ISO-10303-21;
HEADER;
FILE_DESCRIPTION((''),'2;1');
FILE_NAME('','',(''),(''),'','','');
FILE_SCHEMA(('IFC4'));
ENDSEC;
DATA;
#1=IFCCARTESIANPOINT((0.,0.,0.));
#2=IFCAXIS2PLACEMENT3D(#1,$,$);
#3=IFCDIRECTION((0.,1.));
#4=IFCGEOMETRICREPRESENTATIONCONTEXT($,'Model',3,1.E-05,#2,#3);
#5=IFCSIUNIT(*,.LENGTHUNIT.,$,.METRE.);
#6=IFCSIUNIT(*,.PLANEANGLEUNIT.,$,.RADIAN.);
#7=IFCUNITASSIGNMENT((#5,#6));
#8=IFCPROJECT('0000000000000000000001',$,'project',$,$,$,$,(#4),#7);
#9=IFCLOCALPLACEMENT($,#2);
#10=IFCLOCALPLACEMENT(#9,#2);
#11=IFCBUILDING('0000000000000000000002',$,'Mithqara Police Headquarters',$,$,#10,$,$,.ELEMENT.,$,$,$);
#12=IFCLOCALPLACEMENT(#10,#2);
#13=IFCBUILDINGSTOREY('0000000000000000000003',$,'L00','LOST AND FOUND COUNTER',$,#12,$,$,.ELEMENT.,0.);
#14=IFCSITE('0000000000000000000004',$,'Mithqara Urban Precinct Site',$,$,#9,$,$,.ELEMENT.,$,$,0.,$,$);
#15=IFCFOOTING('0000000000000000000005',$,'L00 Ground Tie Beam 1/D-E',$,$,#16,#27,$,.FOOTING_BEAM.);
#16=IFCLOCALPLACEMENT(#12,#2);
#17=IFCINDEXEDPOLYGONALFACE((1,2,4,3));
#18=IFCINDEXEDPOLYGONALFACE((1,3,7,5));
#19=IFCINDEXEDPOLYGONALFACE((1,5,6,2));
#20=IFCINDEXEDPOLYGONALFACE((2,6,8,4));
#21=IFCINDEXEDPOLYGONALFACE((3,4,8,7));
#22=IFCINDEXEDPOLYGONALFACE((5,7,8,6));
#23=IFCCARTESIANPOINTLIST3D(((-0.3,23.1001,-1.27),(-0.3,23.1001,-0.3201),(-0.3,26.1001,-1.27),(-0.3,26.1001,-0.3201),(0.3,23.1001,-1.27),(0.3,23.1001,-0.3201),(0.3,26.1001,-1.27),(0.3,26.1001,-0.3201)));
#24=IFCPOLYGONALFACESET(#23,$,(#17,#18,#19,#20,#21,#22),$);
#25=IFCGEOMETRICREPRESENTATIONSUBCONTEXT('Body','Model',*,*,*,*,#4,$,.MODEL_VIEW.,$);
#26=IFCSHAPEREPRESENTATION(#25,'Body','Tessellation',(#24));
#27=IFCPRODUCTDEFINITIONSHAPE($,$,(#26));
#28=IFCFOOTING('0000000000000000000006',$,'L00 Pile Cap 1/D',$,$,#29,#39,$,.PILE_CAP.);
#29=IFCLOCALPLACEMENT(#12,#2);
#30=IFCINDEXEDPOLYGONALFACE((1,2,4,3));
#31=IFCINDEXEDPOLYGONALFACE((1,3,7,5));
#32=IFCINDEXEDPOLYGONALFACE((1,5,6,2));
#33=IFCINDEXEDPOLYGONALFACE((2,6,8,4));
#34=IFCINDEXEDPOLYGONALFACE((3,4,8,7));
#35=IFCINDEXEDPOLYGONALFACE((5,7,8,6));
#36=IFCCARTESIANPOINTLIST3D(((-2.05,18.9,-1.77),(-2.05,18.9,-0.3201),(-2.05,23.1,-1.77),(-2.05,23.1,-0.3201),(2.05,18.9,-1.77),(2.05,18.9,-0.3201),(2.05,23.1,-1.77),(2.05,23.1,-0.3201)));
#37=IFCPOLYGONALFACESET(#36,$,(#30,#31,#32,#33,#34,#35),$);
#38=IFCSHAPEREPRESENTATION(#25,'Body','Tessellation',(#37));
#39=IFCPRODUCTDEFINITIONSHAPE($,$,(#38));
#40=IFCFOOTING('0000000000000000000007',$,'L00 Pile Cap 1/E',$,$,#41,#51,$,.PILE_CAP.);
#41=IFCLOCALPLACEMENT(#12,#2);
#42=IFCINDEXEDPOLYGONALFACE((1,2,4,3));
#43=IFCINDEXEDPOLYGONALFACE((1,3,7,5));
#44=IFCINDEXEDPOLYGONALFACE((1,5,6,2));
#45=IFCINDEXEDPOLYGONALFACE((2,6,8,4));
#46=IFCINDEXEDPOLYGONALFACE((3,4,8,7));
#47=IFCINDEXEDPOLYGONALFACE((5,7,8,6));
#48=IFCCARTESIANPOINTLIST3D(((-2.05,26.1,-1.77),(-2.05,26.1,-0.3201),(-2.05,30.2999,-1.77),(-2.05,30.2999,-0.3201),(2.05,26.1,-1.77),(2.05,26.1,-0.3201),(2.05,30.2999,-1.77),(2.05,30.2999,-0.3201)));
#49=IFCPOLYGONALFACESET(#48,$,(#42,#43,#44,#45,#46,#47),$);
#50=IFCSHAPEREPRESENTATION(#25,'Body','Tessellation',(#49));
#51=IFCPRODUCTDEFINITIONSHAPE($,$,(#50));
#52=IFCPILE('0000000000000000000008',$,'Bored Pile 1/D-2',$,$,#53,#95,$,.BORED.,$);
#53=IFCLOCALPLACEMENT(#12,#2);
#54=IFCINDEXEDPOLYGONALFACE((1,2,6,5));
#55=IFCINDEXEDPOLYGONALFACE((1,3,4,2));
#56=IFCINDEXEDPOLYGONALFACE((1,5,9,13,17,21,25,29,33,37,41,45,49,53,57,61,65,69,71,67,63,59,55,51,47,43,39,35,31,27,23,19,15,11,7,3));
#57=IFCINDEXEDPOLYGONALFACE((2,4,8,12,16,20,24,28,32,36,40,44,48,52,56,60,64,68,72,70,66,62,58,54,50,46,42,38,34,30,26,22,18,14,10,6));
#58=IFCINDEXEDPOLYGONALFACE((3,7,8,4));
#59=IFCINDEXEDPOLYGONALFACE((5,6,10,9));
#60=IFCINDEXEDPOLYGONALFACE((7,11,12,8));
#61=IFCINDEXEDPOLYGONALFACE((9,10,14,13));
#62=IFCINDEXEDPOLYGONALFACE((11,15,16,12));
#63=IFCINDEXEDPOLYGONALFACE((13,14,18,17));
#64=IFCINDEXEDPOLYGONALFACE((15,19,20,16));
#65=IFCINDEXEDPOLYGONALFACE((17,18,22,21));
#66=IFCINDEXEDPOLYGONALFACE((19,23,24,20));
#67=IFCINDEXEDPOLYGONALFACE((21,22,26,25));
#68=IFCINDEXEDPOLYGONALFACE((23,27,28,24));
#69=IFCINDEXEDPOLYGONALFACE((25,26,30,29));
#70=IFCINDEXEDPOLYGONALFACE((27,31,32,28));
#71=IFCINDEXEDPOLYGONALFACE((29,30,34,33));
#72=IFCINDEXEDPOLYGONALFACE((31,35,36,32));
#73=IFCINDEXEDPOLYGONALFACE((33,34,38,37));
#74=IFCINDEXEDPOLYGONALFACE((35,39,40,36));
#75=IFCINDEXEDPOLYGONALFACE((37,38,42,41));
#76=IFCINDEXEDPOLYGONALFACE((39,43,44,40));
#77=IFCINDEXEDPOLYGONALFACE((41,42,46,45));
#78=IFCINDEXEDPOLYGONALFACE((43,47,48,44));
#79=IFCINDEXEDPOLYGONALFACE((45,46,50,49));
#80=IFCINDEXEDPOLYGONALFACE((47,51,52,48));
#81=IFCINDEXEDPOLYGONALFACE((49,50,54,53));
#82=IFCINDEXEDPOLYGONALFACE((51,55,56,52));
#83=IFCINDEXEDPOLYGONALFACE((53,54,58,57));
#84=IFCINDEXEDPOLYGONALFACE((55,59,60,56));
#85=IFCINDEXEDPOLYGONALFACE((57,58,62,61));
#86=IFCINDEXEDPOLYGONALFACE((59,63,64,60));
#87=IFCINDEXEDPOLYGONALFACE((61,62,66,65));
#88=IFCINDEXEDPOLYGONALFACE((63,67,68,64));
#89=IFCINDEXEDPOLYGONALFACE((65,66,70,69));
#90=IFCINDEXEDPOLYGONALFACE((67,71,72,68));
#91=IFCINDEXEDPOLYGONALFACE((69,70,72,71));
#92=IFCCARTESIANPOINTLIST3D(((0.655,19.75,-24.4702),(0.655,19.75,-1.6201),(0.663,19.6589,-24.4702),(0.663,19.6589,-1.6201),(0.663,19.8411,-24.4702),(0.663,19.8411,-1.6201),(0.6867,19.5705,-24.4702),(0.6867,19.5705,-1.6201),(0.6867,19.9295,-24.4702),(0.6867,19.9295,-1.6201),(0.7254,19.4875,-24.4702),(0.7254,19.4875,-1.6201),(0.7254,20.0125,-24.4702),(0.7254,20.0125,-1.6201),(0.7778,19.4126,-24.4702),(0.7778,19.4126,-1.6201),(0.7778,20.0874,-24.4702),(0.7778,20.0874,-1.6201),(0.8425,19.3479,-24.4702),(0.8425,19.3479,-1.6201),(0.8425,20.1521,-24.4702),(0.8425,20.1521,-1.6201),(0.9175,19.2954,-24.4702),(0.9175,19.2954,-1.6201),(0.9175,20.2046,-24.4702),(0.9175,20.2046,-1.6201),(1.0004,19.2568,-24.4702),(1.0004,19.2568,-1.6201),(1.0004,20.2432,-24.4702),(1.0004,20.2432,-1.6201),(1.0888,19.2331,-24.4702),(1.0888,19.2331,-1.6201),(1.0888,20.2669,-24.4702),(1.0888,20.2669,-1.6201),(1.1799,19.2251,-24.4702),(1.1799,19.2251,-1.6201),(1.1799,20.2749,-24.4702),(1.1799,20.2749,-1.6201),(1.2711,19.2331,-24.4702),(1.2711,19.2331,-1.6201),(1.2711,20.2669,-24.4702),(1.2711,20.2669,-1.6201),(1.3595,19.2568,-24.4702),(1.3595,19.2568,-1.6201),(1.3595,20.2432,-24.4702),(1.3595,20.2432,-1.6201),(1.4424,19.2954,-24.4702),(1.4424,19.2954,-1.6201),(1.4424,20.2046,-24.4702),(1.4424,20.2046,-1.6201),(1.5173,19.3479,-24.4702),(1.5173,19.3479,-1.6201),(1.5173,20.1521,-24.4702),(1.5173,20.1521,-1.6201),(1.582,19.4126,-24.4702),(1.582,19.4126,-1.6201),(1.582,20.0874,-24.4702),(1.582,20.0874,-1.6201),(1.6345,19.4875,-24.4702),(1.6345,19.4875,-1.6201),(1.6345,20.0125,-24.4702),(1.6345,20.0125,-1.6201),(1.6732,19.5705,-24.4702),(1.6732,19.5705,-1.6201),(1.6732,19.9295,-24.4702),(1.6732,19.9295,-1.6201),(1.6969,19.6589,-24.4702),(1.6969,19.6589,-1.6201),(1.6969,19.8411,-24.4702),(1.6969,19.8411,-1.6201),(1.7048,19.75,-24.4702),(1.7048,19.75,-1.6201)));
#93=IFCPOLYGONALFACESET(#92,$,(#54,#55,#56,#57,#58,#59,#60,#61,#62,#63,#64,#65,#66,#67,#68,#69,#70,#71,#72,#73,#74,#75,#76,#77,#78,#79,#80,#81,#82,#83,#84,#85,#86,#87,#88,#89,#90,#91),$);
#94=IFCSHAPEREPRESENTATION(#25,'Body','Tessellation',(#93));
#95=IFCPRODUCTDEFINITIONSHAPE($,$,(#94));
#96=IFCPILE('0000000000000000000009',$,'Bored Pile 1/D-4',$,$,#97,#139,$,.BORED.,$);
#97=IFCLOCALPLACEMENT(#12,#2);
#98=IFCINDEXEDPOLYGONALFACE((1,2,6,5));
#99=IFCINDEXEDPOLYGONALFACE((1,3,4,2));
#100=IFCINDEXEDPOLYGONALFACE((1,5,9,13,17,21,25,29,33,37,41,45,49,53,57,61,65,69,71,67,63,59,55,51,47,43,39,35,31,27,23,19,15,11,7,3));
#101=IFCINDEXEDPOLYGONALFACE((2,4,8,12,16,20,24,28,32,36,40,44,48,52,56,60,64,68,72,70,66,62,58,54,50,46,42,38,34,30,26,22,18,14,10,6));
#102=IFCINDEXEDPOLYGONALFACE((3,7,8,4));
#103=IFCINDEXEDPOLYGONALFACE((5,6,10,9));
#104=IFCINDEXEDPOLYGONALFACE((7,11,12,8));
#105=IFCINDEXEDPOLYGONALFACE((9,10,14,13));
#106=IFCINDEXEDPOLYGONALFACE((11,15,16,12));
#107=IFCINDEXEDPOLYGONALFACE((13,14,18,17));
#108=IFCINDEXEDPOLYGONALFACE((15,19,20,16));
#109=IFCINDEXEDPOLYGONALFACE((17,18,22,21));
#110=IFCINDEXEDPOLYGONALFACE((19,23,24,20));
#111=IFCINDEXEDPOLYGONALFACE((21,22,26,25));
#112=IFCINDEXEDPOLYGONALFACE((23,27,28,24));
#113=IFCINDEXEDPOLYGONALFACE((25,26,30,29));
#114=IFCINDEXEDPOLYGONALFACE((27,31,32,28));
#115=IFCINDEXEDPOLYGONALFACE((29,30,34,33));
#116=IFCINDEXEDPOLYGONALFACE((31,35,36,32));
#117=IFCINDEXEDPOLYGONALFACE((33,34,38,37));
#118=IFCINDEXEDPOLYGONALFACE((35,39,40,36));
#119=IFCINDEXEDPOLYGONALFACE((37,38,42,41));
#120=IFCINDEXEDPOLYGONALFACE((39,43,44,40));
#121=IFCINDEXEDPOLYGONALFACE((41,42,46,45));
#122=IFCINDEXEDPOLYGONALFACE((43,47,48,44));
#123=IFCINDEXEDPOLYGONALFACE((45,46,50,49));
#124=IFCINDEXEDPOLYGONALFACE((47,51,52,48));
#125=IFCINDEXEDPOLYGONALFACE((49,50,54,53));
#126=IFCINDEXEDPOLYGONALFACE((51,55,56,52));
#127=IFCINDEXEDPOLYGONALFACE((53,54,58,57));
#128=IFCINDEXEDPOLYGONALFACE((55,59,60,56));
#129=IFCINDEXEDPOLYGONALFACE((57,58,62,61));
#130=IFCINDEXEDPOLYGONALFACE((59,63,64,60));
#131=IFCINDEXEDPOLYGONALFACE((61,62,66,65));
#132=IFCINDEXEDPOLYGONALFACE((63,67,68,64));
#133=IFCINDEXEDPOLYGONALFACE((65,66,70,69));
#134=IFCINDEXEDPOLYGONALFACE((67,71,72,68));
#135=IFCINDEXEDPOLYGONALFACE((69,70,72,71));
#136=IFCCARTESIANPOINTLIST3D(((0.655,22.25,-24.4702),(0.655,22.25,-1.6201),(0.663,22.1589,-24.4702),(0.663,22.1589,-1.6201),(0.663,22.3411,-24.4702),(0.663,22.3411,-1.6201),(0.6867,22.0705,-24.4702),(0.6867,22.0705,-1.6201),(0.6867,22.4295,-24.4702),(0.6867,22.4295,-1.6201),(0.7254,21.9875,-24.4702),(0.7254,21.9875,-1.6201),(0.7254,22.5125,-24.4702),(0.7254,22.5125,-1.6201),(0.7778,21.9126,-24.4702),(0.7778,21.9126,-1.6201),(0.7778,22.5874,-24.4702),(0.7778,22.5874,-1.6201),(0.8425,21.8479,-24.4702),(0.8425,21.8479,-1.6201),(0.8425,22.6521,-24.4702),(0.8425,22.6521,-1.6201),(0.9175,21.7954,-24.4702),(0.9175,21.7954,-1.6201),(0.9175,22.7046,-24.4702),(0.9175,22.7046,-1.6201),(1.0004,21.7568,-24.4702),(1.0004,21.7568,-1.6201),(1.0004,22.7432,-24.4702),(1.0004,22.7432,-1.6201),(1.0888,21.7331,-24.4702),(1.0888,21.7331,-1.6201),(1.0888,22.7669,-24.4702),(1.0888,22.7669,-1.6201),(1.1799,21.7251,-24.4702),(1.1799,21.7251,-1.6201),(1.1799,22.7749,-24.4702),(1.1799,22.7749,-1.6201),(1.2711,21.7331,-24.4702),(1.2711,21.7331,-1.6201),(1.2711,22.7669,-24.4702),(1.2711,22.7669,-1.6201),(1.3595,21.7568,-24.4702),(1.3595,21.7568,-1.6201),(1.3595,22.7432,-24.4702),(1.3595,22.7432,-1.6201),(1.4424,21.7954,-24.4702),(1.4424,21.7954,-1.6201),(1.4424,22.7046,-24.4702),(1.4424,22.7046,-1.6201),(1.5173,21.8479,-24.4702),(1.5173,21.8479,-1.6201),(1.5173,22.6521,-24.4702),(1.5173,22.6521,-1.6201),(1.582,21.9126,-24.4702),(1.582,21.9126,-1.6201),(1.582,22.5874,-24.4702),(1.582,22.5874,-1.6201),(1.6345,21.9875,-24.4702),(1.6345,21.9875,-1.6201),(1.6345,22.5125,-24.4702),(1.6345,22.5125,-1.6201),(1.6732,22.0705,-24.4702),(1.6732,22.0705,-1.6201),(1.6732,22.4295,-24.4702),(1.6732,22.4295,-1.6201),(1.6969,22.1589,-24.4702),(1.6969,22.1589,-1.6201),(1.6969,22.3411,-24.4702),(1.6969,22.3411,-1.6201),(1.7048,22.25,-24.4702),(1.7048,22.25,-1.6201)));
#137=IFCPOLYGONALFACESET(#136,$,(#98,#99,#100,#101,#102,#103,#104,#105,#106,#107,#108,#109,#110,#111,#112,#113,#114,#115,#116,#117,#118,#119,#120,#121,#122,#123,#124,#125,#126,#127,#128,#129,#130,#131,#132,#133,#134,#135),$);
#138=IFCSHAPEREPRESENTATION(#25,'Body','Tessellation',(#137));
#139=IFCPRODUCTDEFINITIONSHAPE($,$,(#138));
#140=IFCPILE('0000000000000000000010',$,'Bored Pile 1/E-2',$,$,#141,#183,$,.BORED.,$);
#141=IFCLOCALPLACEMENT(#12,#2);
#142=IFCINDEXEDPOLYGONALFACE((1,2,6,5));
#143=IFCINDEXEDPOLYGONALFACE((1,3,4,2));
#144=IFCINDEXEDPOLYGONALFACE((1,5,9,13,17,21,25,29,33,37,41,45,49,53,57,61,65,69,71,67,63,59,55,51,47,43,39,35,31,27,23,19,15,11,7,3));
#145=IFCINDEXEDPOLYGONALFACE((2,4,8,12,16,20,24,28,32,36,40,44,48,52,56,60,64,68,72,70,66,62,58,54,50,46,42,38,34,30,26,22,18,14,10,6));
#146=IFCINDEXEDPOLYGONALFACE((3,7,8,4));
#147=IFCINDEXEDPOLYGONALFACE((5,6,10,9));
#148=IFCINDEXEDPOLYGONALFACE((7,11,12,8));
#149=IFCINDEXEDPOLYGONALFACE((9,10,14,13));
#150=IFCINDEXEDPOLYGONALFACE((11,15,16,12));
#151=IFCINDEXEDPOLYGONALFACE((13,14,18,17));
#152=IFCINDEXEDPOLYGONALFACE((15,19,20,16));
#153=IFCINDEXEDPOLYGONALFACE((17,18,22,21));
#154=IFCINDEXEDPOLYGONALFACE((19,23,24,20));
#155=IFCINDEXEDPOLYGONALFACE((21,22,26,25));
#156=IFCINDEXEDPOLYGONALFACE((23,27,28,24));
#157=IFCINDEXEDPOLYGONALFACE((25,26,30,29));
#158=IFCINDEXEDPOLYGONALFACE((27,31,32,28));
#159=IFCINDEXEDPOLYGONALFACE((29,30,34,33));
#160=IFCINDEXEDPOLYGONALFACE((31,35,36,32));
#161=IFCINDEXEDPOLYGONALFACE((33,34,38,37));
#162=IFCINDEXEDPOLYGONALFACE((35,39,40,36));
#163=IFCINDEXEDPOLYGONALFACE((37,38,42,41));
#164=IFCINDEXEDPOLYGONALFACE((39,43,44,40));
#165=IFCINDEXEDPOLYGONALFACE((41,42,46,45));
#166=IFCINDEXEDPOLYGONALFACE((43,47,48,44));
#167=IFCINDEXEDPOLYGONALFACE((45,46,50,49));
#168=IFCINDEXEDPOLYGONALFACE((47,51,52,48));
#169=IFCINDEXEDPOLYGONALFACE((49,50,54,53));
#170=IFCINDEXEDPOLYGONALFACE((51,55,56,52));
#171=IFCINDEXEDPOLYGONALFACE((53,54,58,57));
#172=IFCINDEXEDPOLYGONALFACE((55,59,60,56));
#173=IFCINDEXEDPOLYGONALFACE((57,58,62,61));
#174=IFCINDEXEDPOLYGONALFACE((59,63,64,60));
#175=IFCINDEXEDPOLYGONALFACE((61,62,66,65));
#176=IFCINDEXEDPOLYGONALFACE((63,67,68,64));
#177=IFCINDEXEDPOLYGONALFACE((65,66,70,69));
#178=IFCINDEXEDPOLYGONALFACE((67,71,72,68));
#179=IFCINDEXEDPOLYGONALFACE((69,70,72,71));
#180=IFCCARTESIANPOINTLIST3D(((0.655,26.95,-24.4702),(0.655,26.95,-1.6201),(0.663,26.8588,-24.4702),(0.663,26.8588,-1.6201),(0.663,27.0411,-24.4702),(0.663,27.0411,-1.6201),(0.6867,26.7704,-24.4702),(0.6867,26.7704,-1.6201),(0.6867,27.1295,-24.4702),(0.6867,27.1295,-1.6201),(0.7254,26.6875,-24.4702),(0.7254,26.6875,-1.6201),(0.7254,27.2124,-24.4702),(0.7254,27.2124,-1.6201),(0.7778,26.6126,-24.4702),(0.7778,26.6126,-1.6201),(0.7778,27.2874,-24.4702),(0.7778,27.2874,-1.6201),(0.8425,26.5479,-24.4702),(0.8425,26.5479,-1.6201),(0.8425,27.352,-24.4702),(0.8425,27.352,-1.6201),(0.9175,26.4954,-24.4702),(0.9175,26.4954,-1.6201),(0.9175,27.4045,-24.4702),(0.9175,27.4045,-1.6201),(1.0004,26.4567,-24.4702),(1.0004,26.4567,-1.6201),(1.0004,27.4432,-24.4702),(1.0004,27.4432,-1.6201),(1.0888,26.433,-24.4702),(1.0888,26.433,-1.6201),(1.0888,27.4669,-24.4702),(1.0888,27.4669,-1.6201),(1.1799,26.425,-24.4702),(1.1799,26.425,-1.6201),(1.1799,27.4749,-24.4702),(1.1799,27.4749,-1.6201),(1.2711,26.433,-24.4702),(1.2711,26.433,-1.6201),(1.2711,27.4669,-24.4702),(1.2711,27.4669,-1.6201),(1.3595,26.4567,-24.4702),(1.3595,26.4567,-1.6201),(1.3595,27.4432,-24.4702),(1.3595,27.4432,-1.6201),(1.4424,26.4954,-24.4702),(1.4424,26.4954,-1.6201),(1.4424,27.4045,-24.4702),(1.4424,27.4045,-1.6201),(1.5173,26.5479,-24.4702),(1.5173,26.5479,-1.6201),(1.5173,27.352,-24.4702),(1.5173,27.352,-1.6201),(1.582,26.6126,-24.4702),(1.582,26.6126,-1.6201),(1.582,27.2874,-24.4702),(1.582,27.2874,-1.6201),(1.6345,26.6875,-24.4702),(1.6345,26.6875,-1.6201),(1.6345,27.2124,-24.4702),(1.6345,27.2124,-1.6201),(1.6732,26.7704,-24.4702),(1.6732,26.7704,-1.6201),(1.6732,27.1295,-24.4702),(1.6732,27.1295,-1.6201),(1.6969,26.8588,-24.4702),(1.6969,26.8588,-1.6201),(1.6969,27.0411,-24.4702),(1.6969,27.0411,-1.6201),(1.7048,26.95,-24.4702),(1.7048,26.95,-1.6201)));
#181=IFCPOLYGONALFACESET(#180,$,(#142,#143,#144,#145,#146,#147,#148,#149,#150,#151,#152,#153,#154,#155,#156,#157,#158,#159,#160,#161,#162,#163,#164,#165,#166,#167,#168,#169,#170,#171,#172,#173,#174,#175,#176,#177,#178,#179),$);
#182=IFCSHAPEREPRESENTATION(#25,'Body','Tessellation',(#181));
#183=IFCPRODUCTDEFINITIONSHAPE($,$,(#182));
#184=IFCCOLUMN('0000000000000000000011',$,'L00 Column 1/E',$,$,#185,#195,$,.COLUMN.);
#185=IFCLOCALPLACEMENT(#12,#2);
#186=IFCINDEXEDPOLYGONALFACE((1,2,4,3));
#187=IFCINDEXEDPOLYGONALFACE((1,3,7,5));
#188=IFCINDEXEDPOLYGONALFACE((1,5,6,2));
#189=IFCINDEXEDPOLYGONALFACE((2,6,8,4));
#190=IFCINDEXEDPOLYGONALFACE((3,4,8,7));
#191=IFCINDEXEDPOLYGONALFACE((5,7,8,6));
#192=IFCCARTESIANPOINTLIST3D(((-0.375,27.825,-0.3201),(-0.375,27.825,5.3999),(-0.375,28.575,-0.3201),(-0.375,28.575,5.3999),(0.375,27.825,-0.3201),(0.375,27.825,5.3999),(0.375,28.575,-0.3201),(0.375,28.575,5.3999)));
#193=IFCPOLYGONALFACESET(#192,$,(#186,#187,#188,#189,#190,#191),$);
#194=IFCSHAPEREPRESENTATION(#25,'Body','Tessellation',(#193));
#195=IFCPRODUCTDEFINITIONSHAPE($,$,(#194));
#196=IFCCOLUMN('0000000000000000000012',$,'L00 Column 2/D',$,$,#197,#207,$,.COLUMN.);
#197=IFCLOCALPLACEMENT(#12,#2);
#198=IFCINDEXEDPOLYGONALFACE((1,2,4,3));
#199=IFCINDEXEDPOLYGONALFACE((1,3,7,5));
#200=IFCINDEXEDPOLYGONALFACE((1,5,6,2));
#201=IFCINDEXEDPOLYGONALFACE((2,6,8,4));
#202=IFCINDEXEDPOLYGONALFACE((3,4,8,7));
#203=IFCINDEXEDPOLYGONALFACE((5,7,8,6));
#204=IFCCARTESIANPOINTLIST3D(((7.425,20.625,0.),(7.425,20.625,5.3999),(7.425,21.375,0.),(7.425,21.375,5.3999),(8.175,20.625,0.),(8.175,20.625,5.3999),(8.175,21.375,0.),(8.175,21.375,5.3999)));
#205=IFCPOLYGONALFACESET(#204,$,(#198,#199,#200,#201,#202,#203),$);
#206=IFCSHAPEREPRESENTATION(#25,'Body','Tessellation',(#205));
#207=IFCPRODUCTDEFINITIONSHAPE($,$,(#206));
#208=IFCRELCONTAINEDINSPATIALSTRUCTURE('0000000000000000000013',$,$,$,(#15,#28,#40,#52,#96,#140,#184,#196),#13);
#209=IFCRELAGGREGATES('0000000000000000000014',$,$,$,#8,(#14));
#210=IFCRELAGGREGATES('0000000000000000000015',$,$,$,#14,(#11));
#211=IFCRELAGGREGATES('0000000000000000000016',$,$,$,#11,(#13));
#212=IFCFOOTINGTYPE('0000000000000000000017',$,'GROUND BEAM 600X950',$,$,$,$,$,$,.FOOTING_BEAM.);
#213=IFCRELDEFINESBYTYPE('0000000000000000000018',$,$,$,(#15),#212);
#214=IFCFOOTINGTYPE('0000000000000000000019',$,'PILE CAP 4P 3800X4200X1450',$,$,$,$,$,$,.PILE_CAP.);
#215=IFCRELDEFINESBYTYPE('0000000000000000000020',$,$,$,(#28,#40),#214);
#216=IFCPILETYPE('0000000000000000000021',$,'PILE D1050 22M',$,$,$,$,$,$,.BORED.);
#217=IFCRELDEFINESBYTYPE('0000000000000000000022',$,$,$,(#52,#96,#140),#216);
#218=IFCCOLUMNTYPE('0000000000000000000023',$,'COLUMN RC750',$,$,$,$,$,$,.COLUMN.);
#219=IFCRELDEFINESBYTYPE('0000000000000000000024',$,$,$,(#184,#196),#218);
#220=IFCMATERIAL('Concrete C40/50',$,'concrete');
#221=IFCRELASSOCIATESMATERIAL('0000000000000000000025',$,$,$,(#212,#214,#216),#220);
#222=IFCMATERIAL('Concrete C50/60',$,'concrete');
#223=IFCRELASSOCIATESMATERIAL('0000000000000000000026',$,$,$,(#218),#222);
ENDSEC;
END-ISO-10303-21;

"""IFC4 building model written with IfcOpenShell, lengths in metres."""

from ifc_helpers import new_model, si_unit, direction, frame, origin, origin_2d, place, context, subcontext, project, spatial, rectangle, circle, extrude, material, material_profile, profile_set, type_object, element, save


model = new_model("IFC4")

# Units and contexts
model_context = context("Model", 3, precision=1e-05, world=origin(), true_north=direction((0.0, 1.0)))
body_context = subcontext(model_context, "Body", "Model", "MODEL_VIEW")
ifc_project = project(units=[si_unit("LENGTHUNIT", "METRE"), si_unit("PLANEANGLEUNIT", "RADIAN")], contexts=[model_context])

# Site, building, storey
site_placement = place(None, origin())
site = spatial("IfcSite", under=ifc_project, at=site_placement, Name="Mithqara Urban Precinct Site", CompositionType="ELEMENT", RefElevation=0.0)
building_placement = place(site_placement, origin())
building = spatial("IfcBuilding", under=site, at=building_placement, Name="Mithqara Police Headquarters", CompositionType="ELEMENT")
storey_placement = place(building_placement, origin())
storey = spatial("IfcBuildingStorey", under=building, at=storey_placement, Name="L00", Description="LOST AND FOUND COUNTER", CompositionType="ELEMENT", Elevation=0.0)

# Footings
ifc_material_1 = material(Name="Concrete C40/50", Category="concrete")
footing_type_1 = type_object("IfcFootingType", Name="GROUND BEAM 600X950", PredefinedType="FOOTING_BEAM", material=ifc_material_1)
footing_placement = place(storey_placement, frame((0.0, 24.6001, -1.27), z_axis=(0.0, 0.0, 1.0), x_axis=(1.0, 0.0, 0.0)))
element("IfcFooting", 1, at=footing_placement, inside=storey, type_object=footing_type_1, Name="L00 Ground Tie Beam 1/D-E", PredefinedType="FOOTING_BEAM", context=body_context, shape_type="SweptSolid", body=[
    extrude(rectangle(XDim=0.6001, YDim=3.0, at=origin_2d()), origin(), (0.0, 0.0, 1.0), 0.95),
])
footing_type_2 = type_object("IfcFootingType", Name="PILE CAP 4P 3800X4200X1450", PredefinedType="PILE_CAP", material=ifc_material_1)
for number, where, z_axis, x_axis, name in (
    (2, (0.0, 21.0, -1.77), (0.0, 0.0, 1.0), (1.0, 0.0, 0.0), "L00 Pile Cap 1/D"),
    (3, (0.0, 28.2, -1.77), (0.0, 0.0, 1.0), (1.0, 0.0, 0.0), "L00 Pile Cap 1/E"),
):
    element("IfcFooting", number, at=place(storey_placement, frame(where, z_axis=z_axis, x_axis=x_axis)), inside=storey, type_object=footing_type_2, Name=name, PredefinedType="PILE_CAP", context=body_context, shape_type="SweptSolid", body=[
        extrude(rectangle(XDim=4.1001, YDim=4.2, at=origin_2d()), origin(), (0.0, 0.0, 1.0), 1.45),
    ])

# Piles
ifc_material_profile_1 = material_profile(ifc_material_1, circle(Radius=0.5249, at=origin_2d()), Name="PILE D1050")
ifc_profile_set_1 = profile_set([ifc_material_profile_1], Name="Concrete C40/50")
pile_type = type_object("IfcPileType", Name="PILE D1050 22M", PredefinedType="BORED", material=ifc_profile_set_1)
for number, where, z_axis, x_axis, name in (
    (4, (1.1799, 19.75, -1.6201), (0.0, 0.0, -1.0), (1.0, 0.0, 0.0), "Bored Pile 1/D-2"),
    (5, (1.1799, 22.25, -1.6201), (0.0, 0.0, -1.0), (1.0, 0.0, 0.0), "Bored Pile 1/D-4"),
    (6, (1.1799, 26.95, -1.6201), (0.0, 0.0, -1.0), (1.0, 0.0, 0.0), "Bored Pile 1/E-2"),
):
    element("IfcPile", number, at=place(storey_placement, frame(where, z_axis=z_axis, x_axis=x_axis)), inside=storey, type_object=pile_type, Name=name, PredefinedType="BORED", context=body_context, shape_type="SweptSolid", body=[
        extrude(circle(Radius=0.5249, at=origin_2d()), origin(), (0.0, 0.0, 1.0), 22.8501),
    ])

# Columns
ifc_material_2 = material(Name="Concrete C50/60", Category="concrete")
ifc_material_profile_2 = material_profile(ifc_material_2, rectangle(XDim=0.75, YDim=0.75, at=origin_2d()), Name="RC 750x750")
ifc_profile_set_2 = profile_set([ifc_material_profile_2], Name="Concrete C50/60")
column_type_1 = type_object("IfcColumnType", Name="COLUMN RC750", PredefinedType="COLUMN", material=ifc_profile_set_2)
column_1_placement = place(storey_placement, frame((0.0, 28.2, -0.3201), z_axis=(0.0, 0.0, 1.0), x_axis=(1.0, 0.0, 0.0)))
element("IfcColumn", 7, at=column_1_placement, inside=storey, type_object=column_type_1, Name="L00 Column 1/E", PredefinedType="COLUMN", context=body_context, shape_type="SweptSolid", body=[
    extrude(rectangle(XDim=0.75, YDim=0.75, at=origin_2d()), origin(), (0.0, 0.0, 1.0), 5.72),
])
column_2_placement = place(storey_placement, frame((7.8, 21.0, 0.0), z_axis=(0.0, 0.0, 1.0), x_axis=(1.0, 0.0, 0.0)))
element("IfcColumn", 8, at=column_2_placement, inside=storey, type_object=column_type_1, Name="L00 Column 2/D", PredefinedType="COLUMN", context=body_context, shape_type="SweptSolid", body=[
    extrude(rectangle(XDim=0.75, YDim=0.75, at=origin_2d()), origin(), (0.0, 0.0, 1.0), 5.3999),
])

save(model, "model.ifc")
